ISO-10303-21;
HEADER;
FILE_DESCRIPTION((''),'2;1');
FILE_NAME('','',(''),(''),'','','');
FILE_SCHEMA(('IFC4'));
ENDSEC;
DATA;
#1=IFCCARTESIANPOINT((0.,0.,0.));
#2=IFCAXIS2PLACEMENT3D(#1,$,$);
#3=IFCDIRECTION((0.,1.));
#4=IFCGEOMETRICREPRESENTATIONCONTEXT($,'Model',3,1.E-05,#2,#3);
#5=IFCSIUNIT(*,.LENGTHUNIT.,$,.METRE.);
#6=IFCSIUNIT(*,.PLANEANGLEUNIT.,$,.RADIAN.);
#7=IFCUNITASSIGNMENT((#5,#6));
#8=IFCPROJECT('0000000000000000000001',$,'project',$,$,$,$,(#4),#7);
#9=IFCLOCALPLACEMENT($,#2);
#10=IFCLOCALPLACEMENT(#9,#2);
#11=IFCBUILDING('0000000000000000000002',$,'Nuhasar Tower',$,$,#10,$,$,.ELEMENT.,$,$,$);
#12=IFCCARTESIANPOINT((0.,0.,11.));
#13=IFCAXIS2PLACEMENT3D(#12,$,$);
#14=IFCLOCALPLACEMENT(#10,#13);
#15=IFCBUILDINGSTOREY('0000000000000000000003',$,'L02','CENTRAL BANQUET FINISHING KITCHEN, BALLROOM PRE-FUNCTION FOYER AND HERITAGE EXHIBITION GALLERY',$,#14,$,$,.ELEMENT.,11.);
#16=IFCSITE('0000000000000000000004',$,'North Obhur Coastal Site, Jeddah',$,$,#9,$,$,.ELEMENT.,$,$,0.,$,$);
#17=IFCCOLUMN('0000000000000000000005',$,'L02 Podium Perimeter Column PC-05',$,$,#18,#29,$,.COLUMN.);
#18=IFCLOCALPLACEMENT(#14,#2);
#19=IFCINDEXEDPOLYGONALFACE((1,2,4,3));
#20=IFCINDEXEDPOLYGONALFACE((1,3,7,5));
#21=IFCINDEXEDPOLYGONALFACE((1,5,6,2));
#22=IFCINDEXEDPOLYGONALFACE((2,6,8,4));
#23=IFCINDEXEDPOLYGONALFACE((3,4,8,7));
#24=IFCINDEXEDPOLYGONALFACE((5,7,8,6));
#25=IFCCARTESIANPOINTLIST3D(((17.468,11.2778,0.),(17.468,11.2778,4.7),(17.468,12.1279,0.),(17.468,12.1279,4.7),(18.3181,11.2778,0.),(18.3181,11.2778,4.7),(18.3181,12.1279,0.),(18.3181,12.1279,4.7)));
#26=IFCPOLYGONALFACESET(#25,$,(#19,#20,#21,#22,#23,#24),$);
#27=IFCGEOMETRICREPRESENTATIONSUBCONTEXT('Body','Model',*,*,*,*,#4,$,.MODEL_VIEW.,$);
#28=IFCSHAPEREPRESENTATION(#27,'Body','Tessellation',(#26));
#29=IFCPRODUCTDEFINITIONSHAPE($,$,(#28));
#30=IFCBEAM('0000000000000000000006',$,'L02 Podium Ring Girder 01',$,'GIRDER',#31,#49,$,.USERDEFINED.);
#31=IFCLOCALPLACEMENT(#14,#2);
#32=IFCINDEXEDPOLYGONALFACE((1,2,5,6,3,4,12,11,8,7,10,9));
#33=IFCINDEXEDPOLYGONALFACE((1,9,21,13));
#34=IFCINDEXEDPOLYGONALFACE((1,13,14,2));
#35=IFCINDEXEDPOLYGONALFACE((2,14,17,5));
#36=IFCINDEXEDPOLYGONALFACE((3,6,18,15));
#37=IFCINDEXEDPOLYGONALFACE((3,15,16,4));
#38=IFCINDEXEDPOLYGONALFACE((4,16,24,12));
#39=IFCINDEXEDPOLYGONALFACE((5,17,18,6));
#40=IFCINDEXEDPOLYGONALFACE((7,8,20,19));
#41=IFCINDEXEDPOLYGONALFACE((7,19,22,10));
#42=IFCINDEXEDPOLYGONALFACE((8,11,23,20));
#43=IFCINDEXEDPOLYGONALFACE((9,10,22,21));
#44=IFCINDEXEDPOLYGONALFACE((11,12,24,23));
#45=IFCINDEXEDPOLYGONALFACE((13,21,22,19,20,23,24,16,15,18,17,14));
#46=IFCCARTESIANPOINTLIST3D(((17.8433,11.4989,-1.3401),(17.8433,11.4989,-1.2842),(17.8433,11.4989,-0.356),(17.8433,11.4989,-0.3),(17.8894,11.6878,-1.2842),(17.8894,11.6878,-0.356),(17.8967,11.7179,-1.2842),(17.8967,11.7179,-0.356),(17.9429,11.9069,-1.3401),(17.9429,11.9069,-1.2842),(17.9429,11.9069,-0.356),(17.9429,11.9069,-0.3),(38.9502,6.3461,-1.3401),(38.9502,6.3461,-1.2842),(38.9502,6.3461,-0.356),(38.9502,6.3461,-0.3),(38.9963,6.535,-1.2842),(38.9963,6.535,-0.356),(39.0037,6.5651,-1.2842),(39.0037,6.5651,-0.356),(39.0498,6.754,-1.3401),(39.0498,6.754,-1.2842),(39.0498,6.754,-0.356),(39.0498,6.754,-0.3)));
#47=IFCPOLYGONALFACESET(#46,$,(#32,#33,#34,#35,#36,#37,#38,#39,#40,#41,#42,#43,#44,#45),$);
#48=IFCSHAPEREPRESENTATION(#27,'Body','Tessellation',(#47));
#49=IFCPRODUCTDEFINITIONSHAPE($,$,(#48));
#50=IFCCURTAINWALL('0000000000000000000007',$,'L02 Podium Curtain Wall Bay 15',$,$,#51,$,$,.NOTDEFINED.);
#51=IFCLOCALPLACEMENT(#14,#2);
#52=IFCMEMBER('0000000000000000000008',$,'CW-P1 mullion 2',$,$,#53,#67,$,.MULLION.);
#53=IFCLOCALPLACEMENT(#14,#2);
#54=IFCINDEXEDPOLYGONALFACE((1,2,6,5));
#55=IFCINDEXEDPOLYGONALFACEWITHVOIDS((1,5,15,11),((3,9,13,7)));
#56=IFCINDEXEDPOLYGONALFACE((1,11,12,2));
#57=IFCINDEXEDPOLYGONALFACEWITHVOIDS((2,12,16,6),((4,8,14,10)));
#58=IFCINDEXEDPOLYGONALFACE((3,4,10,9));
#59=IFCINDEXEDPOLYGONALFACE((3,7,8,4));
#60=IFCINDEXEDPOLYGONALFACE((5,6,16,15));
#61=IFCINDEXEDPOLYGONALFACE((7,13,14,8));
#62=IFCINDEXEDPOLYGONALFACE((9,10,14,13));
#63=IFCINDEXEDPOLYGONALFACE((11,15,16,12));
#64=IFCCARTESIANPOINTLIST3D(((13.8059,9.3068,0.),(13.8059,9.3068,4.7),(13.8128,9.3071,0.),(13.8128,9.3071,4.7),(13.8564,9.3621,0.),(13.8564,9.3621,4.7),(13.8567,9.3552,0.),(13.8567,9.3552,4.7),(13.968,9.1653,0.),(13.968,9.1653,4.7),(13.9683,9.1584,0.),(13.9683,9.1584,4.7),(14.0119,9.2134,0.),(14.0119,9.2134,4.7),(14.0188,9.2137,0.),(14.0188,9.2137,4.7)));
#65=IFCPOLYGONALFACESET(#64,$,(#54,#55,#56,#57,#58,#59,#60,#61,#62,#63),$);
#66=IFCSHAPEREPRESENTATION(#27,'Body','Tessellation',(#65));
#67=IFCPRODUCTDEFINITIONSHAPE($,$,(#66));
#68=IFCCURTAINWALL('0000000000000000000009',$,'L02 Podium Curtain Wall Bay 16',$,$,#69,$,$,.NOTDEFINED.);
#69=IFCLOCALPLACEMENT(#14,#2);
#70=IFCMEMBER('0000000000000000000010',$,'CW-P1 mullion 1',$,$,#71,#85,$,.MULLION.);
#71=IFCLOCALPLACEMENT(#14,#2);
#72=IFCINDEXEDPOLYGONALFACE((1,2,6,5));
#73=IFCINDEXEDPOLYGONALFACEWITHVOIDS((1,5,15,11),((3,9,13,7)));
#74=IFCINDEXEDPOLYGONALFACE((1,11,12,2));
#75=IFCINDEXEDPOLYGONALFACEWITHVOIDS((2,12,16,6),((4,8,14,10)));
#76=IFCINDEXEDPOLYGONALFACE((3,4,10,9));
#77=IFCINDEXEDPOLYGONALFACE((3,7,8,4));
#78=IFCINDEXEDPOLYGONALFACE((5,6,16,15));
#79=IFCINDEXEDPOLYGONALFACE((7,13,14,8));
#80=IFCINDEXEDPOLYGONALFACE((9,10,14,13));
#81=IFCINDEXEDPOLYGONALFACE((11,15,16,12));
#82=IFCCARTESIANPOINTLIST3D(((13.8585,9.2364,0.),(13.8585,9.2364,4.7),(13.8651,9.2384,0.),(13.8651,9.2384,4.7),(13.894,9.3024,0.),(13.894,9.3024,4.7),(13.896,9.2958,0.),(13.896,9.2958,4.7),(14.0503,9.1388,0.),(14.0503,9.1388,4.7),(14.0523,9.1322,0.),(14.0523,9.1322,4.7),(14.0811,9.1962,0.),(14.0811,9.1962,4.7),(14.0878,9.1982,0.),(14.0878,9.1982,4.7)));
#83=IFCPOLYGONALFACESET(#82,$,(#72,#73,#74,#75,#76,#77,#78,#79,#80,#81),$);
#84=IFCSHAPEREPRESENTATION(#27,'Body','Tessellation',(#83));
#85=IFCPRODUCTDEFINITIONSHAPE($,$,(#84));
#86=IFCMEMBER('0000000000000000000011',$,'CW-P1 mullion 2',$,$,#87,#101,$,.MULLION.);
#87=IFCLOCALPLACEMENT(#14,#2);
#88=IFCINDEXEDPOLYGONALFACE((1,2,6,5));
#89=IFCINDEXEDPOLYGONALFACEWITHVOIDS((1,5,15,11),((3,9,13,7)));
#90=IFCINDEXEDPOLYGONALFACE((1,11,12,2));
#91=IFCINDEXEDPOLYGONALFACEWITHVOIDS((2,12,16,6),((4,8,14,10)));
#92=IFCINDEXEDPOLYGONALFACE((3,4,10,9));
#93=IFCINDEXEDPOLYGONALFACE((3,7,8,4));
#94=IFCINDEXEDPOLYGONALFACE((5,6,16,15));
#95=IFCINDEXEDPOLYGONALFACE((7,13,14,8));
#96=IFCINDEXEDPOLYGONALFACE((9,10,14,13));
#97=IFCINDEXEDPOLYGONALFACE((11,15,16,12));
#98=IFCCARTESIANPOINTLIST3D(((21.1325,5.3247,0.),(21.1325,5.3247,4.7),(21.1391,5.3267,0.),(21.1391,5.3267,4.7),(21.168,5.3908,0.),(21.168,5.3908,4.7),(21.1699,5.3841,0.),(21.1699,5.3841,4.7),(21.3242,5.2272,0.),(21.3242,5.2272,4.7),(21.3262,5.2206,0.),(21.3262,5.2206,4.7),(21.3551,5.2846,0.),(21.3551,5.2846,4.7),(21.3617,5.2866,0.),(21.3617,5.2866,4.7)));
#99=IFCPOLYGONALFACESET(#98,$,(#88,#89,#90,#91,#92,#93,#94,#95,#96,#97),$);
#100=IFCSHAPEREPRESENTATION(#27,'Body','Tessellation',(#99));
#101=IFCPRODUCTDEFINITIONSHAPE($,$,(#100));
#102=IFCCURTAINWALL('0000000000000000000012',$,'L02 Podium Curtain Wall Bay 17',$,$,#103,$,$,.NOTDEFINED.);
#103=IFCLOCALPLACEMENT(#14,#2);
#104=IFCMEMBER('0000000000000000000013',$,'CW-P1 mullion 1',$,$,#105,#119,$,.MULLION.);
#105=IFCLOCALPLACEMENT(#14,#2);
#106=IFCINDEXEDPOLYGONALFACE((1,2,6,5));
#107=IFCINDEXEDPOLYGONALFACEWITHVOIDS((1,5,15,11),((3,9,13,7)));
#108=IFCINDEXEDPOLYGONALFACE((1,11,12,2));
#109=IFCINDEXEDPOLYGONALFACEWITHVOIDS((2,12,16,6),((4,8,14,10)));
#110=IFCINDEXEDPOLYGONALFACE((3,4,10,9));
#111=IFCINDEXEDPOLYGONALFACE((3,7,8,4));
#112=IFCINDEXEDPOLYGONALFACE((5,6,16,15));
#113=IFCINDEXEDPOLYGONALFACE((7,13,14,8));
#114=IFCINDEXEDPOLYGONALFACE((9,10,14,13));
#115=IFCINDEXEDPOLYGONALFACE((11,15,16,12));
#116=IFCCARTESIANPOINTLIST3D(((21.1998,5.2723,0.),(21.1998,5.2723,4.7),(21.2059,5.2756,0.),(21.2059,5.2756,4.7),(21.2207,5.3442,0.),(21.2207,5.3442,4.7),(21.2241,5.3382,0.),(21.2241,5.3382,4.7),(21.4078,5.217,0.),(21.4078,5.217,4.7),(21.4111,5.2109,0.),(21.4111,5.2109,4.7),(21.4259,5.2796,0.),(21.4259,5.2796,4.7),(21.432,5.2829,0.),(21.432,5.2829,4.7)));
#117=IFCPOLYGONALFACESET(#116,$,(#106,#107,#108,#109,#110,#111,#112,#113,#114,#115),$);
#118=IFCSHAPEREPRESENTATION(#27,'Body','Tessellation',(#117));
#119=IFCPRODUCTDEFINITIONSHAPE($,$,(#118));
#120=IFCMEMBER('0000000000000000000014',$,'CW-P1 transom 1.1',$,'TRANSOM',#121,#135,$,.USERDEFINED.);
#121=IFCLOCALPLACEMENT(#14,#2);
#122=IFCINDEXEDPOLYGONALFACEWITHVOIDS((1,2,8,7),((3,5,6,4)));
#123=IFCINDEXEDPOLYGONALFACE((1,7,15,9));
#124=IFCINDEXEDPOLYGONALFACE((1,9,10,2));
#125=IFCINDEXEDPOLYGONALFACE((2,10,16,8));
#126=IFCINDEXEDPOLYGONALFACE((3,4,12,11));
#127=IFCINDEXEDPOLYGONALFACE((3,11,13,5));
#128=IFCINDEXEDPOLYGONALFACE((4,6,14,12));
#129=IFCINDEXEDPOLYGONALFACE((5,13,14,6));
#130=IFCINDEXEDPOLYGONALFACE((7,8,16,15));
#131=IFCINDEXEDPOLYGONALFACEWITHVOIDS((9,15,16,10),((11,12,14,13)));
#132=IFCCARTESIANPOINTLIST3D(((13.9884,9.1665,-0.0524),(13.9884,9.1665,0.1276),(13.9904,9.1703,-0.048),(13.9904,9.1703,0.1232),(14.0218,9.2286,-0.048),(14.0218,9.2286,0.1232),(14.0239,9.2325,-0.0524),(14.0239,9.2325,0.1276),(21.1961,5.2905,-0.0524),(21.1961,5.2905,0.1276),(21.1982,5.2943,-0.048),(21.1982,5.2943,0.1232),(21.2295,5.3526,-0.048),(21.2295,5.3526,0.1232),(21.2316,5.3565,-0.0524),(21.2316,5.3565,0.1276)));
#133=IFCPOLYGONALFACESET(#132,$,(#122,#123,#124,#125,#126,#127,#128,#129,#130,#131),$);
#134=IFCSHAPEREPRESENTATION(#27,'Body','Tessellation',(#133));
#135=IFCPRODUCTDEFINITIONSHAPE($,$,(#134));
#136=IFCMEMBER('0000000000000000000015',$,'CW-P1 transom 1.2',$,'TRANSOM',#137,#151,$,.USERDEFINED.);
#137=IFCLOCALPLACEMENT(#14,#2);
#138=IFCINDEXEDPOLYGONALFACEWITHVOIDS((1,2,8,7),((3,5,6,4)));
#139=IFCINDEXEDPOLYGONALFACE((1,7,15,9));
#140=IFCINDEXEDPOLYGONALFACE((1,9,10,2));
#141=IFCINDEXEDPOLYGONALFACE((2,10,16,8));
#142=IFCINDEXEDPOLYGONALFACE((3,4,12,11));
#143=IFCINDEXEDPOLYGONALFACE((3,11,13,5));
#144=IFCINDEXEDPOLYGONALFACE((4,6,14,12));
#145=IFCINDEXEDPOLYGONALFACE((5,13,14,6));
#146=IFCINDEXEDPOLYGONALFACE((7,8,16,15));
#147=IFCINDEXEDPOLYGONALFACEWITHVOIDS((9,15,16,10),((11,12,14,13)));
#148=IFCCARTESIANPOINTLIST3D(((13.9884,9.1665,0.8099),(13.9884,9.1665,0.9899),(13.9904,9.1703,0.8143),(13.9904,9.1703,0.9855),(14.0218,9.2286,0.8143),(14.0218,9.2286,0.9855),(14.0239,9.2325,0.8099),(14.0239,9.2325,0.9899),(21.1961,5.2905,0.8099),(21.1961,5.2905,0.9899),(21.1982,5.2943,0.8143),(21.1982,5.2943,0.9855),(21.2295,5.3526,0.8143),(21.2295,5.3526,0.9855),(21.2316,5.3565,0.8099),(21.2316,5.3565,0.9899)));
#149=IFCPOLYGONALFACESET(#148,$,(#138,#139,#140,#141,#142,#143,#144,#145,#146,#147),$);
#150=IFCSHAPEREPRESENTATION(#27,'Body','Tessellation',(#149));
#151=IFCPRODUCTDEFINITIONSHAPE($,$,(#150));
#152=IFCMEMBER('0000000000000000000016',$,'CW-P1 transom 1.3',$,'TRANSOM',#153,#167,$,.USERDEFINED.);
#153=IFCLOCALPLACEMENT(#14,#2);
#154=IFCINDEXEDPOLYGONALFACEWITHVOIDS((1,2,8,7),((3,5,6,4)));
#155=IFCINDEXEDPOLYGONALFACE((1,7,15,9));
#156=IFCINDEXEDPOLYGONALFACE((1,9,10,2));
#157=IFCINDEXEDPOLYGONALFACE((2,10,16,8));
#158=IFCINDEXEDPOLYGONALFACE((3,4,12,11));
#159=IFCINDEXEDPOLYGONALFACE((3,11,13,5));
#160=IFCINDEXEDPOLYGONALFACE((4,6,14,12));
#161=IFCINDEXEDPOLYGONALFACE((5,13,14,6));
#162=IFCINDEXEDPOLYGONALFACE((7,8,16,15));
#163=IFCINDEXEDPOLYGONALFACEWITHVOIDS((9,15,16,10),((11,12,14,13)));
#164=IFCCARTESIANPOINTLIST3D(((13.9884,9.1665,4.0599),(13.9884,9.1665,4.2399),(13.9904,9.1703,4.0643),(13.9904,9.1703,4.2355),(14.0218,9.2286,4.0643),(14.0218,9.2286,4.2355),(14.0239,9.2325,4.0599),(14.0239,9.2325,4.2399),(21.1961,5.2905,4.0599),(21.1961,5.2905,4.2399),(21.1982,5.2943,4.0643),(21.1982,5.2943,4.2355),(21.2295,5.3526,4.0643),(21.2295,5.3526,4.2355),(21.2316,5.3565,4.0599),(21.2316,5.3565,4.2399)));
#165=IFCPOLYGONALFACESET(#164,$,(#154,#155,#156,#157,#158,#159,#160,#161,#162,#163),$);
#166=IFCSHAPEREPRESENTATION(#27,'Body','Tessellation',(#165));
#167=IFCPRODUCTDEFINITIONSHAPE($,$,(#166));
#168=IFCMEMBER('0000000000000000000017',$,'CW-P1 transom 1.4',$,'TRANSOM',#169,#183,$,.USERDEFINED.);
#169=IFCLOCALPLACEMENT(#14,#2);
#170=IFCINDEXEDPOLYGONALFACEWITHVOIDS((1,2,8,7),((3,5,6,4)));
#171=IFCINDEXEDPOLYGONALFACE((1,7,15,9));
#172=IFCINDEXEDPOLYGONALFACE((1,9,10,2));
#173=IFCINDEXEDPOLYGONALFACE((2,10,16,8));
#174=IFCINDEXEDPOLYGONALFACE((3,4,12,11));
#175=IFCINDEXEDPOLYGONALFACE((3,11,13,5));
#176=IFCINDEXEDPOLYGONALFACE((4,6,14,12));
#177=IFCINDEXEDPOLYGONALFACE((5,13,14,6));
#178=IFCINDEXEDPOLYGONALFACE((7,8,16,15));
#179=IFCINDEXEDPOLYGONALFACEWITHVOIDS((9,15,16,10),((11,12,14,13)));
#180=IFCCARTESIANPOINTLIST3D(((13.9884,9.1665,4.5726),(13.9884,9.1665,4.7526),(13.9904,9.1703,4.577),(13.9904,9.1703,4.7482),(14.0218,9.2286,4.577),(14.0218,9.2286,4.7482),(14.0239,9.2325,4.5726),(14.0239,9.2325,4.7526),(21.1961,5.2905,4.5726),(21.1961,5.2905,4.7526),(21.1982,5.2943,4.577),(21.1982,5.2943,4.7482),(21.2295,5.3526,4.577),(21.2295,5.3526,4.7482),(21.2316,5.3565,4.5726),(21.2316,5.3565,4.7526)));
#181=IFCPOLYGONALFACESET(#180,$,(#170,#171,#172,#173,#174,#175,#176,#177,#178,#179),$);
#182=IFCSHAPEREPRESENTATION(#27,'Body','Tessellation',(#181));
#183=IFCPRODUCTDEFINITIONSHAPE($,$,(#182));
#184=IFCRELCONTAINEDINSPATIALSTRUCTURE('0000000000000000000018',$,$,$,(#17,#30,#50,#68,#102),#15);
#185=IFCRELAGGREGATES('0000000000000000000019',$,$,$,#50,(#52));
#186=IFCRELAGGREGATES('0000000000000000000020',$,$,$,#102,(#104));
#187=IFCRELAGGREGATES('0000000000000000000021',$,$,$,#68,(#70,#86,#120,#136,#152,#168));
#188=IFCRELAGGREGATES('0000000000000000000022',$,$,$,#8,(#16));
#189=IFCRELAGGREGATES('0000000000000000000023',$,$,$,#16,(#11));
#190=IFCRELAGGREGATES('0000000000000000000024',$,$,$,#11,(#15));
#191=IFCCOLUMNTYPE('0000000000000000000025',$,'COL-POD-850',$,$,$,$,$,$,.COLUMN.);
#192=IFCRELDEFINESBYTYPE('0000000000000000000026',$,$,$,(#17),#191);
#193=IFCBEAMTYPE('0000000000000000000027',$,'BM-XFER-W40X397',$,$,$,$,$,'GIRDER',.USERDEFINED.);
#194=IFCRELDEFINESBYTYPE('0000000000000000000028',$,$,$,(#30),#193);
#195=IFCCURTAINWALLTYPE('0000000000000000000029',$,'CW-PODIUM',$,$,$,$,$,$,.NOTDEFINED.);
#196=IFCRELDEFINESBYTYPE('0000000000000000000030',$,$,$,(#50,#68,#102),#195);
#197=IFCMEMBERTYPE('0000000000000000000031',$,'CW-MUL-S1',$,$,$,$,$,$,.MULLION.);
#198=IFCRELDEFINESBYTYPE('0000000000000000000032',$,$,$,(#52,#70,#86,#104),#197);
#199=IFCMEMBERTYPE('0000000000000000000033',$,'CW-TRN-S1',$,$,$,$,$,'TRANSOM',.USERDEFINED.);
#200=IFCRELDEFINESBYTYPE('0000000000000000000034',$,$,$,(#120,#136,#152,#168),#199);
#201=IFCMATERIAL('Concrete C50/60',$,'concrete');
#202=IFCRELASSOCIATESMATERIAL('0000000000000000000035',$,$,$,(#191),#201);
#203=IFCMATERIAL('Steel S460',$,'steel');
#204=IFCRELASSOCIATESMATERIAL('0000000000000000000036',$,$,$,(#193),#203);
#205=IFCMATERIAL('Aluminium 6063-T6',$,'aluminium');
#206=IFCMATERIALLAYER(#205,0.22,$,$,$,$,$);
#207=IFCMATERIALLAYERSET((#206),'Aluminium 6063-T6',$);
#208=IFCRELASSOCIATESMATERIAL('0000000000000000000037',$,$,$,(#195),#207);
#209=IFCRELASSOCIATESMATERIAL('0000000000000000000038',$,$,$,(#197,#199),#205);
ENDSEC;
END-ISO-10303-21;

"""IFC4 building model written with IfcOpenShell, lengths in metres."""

from ifc_helpers import new_model, si_unit, direction, frame, origin, origin_2d, place, context, subcontext, project, spatial, rectangle, hollow_rectangle, i_section, extrude, material, layer, layer_set, material_profile, profile_set, type_object, element, aggregate, save


model = new_model("IFC4")

# Units and contexts
model_context = context("Model", 3, precision=1e-05, world=origin(), true_north=direction((0.0, 1.0)))
body_context = subcontext(model_context, "Body", "Model", "MODEL_VIEW")
ifc_project = project(units=[si_unit("LENGTHUNIT", "METRE"), si_unit("PLANEANGLEUNIT", "RADIAN")], contexts=[model_context])

# Site, building, storey
site_placement = place(None, origin())
site = spatial("IfcSite", under=ifc_project, at=site_placement, Name="North Obhur Coastal Site, Jeddah", CompositionType="ELEMENT", RefElevation=0.0)
building_placement = place(site_placement, origin())
building = spatial("IfcBuilding", under=site, at=building_placement, Name="Nuhasar Tower", CompositionType="ELEMENT")
storey_placement = place(building_placement, frame((0.0, 0.0, 11.0)))
storey = spatial("IfcBuildingStorey", under=building, at=storey_placement, Name="L02", Description="CENTRAL BANQUET FINISHING KITCHEN, BALLROOM PRE-FUNCTION FOYER AND HERITAGE EXHIBITION GALLERY", CompositionType="ELEMENT", Elevation=11.0)

# Column
ifc_material_1 = material(Name="Concrete C50/60", Category="concrete")
ifc_material_profile_1 = material_profile(ifc_material_1, rectangle(XDim=0.8501, YDim=0.8501, at=origin_2d()), Name="RC850X850")
ifc_profile_set_1 = profile_set([ifc_material_profile_1], Name="Concrete C50/60")
column_type = type_object("IfcColumnType", Name="COL-POD-850", PredefinedType="COLUMN", material=ifc_profile_set_1)
column_placement = place(storey_placement, frame((17.8931, 11.7029, 0.0), z_axis=(0.0, 0.0, 1.0), x_axis=(1.0, 0.0, 0.0)))
element("IfcColumn", 1, at=column_placement, inside=storey, type_object=column_type, Name="L02 Podium Perimeter Column PC-05", PredefinedType="COLUMN", context=body_context, shape_type="SweptSolid", body=[
    extrude(rectangle(XDim=0.8501, YDim=0.8501, at=origin_2d()), origin(), (0.0, 0.0, 1.0), 4.7),
])

# Beam
ifc_material_2 = material(Name="Steel S460", Category="steel")
ifc_material_profile_2 = material_profile(ifc_material_2, i_section(OverallWidth=0.4199, OverallDepth=1.04, WebThickness=0.031, FlangeThickness=0.0559, at=origin_2d()), Name="W40X397")
ifc_profile_set_2 = profile_set([ifc_material_profile_2], Name="Steel S460")
beam_type = type_object("IfcBeamType", Name="BM-XFER-W40X397", ElementType="GIRDER", PredefinedType="USERDEFINED", material=ifc_profile_set_2)
beam_placement = place(storey_placement, frame((17.8931, 11.7029, -0.8201), z_axis=(0.971469, -0.237165, 0.0), x_axis=(0.237165, 0.971469, 0.0)))
element("IfcBeam", 2, at=beam_placement, inside=storey, type_object=beam_type, Name="L02 Podium Ring Girder 01", ObjectType="GIRDER", PredefinedType="USERDEFINED", context=body_context, shape_type="SweptSolid", body=[
    extrude(i_section(OverallWidth=0.4199, OverallDepth=1.04, WebThickness=0.031, FlangeThickness=0.0559, at=origin_2d()), origin(), (0.0, 0.0, 1.0), 21.7268),
])

# Curtain wall, member
ifc_material_3 = material(Name="Aluminium 6063-T6", Category="aluminium")
ifc_layer_1 = layer(ifc_material_3, 0.22)
ifc_layer_set_1 = layer_set([ifc_layer_1], Name="Aluminium 6063-T6")
curtain_wall_type = type_object("IfcCurtainWallType", Name="CW-PODIUM", PredefinedType="NOTDEFINED", material=ifc_layer_set_1)
curtain_wall_1_placement = place(storey_placement, origin())
curtain_wall_1 = element("IfcCurtainWall", 3, at=curtain_wall_1_placement, inside=storey, type_object=curtain_wall_type, Name="L02 Podium Curtain Wall Bay 15", PredefinedType="NOTDEFINED")
ifc_material_profile_3 = material_profile(ifc_material_3, hollow_rectangle(XDim=0.075, YDim=0.22, WallThickness=0.0049, at=origin_2d()), Name="CWM-1")
ifc_profile_set_3 = profile_set([ifc_material_profile_3], Name="Aluminium 6063-T6")
member_type_1 = type_object("IfcMemberType", Name="CW-MUL-S1", PredefinedType="MULLION", material=ifc_profile_set_3)
member_1_placement = place(storey_placement, frame((13.9124, 9.2603, 0.0), z_axis=(0.0, 0.0, 1.0), x_axis=(0.674465, 0.738307, 0.0)))
member_1 = element("IfcMember", 4, at=member_1_placement, type_object=member_type_1, Name="CW-P1 mullion 2", PredefinedType="MULLION", context=body_context, shape_type="SweptSolid", body=[
    extrude(hollow_rectangle(XDim=0.075, YDim=0.22, WallThickness=0.0049, at=origin_2d()), origin(), (0.0, 0.0, 1.0), 4.7),
])
aggregate(curtain_wall_1, [member_1])

# Curtain wall, members
curtain_wall_2_placement = place(storey_placement, origin())
curtain_wall_2 = element("IfcCurtainWall", 5, at=curtain_wall_2_placement, inside=storey, type_object=curtain_wall_type, Name="L02 Podium Curtain Wall Bay 16", PredefinedType="NOTDEFINED")
member_2_placement = place(storey_placement, frame((13.9731, 9.2173, 0.0), z_axis=(0.0, 0.0, 1.0), x_axis=(0.473606, 0.880737, 0.0)))
member_2 = element("IfcMember", 6, at=member_2_placement, type_object=member_type_1, Name="CW-P1 mullion 1", PredefinedType="MULLION", context=body_context, shape_type="SweptSolid", body=[
    extrude(hollow_rectangle(XDim=0.075, YDim=0.22, WallThickness=0.0049, at=origin_2d()), origin(), (0.0, 0.0, 1.0), 4.7),
])
member_3_placement = place(storey_placement, frame((21.2471, 5.3057, 0.0), z_axis=(0.0, 0.0, 1.0), x_axis=(0.473606, 0.880737, 0.0)))
member_3 = element("IfcMember", 7, at=member_3_placement, type_object=member_type_1, Name="CW-P1 mullion 2", PredefinedType="MULLION", context=body_context, shape_type="SweptSolid", body=[
    extrude(hollow_rectangle(XDim=0.075, YDim=0.22, WallThickness=0.0049, at=origin_2d()), origin(), (0.0, 0.0, 1.0), 4.7),
])

# Curtain wall, member
curtain_wall_3_placement = place(storey_placement, origin())
curtain_wall_3 = element("IfcCurtainWall", 8, at=curtain_wall_3_placement, inside=storey, type_object=curtain_wall_type, Name="L02 Podium Curtain Wall Bay 17", PredefinedType="NOTDEFINED")
member_4_placement = place(storey_placement, frame((21.3159, 5.2776, 0.0), z_axis=(0.0, 0.0, 1.0), x_axis=(0.278874, 0.960328, 0.0)))
member_4 = element("IfcMember", 9, at=member_4_placement, type_object=member_type_1, Name="CW-P1 mullion 1", PredefinedType="MULLION", context=body_context, shape_type="SweptSolid", body=[
    extrude(hollow_rectangle(XDim=0.075, YDim=0.22, WallThickness=0.0049, at=origin_2d()), origin(), (0.0, 0.0, 1.0), 4.7),
])

# Members
ifc_material_profile_4 = material_profile(ifc_material_3, hollow_rectangle(XDim=0.075, YDim=0.1799, WallThickness=0.0044, at=origin_2d()), Name="CWT-1")
ifc_profile_set_4 = profile_set([ifc_material_profile_4], Name="Aluminium 6063-T6")
member_type_2 = type_object("IfcMemberType", Name="CW-TRN-S1", ElementType="TRANSOM", PredefinedType="USERDEFINED", material=ifc_profile_set_4)
member_5_placement = place(storey_placement, frame((14.0061, 9.1995, 0.0376), z_axis=(0.880732, -0.473614, 0.0), x_axis=(0.473614, 0.880732, 0.0)))
member_5 = element("IfcMember", 10, at=member_5_placement, type_object=member_type_2, Name="CW-P1 transom 1.1", ObjectType="TRANSOM", PredefinedType="USERDEFINED", context=body_context, shape_type="SweptSolid", body=[
    extrude(hollow_rectangle(XDim=0.075, YDim=0.1799, WallThickness=0.0044, at=origin_2d()), origin(), (0.0, 0.0, 1.0), 8.1838),
])
member_6_placement = place(storey_placement, frame((14.0061, 9.1995, 0.8999), z_axis=(0.880732, -0.473614, 0.0), x_axis=(0.473614, 0.880732, 0.0)))
member_6 = element("IfcMember", 11, at=member_6_placement, type_object=member_type_2, Name="CW-P1 transom 1.2", ObjectType="TRANSOM", PredefinedType="USERDEFINED", context=body_context, shape_type="SweptSolid", body=[
    extrude(hollow_rectangle(XDim=0.075, YDim=0.1799, WallThickness=0.0044, at=origin_2d()), origin(), (0.0, 0.0, 1.0), 8.1838),
])
member_7_placement = place(storey_placement, frame((14.0061, 9.1995, 4.1499), z_axis=(0.880732, -0.473614, 0.0), x_axis=(0.473614, 0.880732, 0.0)))
member_7 = element("IfcMember", 12, at=member_7_placement, type_object=member_type_2, Name="CW-P1 transom 1.3", ObjectType="TRANSOM", PredefinedType="USERDEFINED", context=body_context, shape_type="SweptSolid", body=[
    extrude(hollow_rectangle(XDim=0.075, YDim=0.1799, WallThickness=0.0044, at=origin_2d()), origin(), (0.0, 0.0, 1.0), 8.1838),
])
member_8_placement = place(storey_placement, frame((14.0061, 9.1995, 4.6626), z_axis=(0.880732, -0.473614, 0.0), x_axis=(0.473614, 0.880732, 0.0)))
member_8 = element("IfcMember", 13, at=member_8_placement, type_object=member_type_2, Name="CW-P1 transom 1.4", ObjectType="TRANSOM", PredefinedType="USERDEFINED", context=body_context, shape_type="SweptSolid", body=[
    extrude(hollow_rectangle(XDim=0.075, YDim=0.1799, WallThickness=0.0044, at=origin_2d()), origin(), (0.0, 0.0, 1.0), 8.1838),
])
aggregate(curtain_wall_3, [member_4])

aggregate(curtain_wall_2, [member_2, member_3, member_5, member_6, member_7, member_8])

save(model, "model.ifc")
